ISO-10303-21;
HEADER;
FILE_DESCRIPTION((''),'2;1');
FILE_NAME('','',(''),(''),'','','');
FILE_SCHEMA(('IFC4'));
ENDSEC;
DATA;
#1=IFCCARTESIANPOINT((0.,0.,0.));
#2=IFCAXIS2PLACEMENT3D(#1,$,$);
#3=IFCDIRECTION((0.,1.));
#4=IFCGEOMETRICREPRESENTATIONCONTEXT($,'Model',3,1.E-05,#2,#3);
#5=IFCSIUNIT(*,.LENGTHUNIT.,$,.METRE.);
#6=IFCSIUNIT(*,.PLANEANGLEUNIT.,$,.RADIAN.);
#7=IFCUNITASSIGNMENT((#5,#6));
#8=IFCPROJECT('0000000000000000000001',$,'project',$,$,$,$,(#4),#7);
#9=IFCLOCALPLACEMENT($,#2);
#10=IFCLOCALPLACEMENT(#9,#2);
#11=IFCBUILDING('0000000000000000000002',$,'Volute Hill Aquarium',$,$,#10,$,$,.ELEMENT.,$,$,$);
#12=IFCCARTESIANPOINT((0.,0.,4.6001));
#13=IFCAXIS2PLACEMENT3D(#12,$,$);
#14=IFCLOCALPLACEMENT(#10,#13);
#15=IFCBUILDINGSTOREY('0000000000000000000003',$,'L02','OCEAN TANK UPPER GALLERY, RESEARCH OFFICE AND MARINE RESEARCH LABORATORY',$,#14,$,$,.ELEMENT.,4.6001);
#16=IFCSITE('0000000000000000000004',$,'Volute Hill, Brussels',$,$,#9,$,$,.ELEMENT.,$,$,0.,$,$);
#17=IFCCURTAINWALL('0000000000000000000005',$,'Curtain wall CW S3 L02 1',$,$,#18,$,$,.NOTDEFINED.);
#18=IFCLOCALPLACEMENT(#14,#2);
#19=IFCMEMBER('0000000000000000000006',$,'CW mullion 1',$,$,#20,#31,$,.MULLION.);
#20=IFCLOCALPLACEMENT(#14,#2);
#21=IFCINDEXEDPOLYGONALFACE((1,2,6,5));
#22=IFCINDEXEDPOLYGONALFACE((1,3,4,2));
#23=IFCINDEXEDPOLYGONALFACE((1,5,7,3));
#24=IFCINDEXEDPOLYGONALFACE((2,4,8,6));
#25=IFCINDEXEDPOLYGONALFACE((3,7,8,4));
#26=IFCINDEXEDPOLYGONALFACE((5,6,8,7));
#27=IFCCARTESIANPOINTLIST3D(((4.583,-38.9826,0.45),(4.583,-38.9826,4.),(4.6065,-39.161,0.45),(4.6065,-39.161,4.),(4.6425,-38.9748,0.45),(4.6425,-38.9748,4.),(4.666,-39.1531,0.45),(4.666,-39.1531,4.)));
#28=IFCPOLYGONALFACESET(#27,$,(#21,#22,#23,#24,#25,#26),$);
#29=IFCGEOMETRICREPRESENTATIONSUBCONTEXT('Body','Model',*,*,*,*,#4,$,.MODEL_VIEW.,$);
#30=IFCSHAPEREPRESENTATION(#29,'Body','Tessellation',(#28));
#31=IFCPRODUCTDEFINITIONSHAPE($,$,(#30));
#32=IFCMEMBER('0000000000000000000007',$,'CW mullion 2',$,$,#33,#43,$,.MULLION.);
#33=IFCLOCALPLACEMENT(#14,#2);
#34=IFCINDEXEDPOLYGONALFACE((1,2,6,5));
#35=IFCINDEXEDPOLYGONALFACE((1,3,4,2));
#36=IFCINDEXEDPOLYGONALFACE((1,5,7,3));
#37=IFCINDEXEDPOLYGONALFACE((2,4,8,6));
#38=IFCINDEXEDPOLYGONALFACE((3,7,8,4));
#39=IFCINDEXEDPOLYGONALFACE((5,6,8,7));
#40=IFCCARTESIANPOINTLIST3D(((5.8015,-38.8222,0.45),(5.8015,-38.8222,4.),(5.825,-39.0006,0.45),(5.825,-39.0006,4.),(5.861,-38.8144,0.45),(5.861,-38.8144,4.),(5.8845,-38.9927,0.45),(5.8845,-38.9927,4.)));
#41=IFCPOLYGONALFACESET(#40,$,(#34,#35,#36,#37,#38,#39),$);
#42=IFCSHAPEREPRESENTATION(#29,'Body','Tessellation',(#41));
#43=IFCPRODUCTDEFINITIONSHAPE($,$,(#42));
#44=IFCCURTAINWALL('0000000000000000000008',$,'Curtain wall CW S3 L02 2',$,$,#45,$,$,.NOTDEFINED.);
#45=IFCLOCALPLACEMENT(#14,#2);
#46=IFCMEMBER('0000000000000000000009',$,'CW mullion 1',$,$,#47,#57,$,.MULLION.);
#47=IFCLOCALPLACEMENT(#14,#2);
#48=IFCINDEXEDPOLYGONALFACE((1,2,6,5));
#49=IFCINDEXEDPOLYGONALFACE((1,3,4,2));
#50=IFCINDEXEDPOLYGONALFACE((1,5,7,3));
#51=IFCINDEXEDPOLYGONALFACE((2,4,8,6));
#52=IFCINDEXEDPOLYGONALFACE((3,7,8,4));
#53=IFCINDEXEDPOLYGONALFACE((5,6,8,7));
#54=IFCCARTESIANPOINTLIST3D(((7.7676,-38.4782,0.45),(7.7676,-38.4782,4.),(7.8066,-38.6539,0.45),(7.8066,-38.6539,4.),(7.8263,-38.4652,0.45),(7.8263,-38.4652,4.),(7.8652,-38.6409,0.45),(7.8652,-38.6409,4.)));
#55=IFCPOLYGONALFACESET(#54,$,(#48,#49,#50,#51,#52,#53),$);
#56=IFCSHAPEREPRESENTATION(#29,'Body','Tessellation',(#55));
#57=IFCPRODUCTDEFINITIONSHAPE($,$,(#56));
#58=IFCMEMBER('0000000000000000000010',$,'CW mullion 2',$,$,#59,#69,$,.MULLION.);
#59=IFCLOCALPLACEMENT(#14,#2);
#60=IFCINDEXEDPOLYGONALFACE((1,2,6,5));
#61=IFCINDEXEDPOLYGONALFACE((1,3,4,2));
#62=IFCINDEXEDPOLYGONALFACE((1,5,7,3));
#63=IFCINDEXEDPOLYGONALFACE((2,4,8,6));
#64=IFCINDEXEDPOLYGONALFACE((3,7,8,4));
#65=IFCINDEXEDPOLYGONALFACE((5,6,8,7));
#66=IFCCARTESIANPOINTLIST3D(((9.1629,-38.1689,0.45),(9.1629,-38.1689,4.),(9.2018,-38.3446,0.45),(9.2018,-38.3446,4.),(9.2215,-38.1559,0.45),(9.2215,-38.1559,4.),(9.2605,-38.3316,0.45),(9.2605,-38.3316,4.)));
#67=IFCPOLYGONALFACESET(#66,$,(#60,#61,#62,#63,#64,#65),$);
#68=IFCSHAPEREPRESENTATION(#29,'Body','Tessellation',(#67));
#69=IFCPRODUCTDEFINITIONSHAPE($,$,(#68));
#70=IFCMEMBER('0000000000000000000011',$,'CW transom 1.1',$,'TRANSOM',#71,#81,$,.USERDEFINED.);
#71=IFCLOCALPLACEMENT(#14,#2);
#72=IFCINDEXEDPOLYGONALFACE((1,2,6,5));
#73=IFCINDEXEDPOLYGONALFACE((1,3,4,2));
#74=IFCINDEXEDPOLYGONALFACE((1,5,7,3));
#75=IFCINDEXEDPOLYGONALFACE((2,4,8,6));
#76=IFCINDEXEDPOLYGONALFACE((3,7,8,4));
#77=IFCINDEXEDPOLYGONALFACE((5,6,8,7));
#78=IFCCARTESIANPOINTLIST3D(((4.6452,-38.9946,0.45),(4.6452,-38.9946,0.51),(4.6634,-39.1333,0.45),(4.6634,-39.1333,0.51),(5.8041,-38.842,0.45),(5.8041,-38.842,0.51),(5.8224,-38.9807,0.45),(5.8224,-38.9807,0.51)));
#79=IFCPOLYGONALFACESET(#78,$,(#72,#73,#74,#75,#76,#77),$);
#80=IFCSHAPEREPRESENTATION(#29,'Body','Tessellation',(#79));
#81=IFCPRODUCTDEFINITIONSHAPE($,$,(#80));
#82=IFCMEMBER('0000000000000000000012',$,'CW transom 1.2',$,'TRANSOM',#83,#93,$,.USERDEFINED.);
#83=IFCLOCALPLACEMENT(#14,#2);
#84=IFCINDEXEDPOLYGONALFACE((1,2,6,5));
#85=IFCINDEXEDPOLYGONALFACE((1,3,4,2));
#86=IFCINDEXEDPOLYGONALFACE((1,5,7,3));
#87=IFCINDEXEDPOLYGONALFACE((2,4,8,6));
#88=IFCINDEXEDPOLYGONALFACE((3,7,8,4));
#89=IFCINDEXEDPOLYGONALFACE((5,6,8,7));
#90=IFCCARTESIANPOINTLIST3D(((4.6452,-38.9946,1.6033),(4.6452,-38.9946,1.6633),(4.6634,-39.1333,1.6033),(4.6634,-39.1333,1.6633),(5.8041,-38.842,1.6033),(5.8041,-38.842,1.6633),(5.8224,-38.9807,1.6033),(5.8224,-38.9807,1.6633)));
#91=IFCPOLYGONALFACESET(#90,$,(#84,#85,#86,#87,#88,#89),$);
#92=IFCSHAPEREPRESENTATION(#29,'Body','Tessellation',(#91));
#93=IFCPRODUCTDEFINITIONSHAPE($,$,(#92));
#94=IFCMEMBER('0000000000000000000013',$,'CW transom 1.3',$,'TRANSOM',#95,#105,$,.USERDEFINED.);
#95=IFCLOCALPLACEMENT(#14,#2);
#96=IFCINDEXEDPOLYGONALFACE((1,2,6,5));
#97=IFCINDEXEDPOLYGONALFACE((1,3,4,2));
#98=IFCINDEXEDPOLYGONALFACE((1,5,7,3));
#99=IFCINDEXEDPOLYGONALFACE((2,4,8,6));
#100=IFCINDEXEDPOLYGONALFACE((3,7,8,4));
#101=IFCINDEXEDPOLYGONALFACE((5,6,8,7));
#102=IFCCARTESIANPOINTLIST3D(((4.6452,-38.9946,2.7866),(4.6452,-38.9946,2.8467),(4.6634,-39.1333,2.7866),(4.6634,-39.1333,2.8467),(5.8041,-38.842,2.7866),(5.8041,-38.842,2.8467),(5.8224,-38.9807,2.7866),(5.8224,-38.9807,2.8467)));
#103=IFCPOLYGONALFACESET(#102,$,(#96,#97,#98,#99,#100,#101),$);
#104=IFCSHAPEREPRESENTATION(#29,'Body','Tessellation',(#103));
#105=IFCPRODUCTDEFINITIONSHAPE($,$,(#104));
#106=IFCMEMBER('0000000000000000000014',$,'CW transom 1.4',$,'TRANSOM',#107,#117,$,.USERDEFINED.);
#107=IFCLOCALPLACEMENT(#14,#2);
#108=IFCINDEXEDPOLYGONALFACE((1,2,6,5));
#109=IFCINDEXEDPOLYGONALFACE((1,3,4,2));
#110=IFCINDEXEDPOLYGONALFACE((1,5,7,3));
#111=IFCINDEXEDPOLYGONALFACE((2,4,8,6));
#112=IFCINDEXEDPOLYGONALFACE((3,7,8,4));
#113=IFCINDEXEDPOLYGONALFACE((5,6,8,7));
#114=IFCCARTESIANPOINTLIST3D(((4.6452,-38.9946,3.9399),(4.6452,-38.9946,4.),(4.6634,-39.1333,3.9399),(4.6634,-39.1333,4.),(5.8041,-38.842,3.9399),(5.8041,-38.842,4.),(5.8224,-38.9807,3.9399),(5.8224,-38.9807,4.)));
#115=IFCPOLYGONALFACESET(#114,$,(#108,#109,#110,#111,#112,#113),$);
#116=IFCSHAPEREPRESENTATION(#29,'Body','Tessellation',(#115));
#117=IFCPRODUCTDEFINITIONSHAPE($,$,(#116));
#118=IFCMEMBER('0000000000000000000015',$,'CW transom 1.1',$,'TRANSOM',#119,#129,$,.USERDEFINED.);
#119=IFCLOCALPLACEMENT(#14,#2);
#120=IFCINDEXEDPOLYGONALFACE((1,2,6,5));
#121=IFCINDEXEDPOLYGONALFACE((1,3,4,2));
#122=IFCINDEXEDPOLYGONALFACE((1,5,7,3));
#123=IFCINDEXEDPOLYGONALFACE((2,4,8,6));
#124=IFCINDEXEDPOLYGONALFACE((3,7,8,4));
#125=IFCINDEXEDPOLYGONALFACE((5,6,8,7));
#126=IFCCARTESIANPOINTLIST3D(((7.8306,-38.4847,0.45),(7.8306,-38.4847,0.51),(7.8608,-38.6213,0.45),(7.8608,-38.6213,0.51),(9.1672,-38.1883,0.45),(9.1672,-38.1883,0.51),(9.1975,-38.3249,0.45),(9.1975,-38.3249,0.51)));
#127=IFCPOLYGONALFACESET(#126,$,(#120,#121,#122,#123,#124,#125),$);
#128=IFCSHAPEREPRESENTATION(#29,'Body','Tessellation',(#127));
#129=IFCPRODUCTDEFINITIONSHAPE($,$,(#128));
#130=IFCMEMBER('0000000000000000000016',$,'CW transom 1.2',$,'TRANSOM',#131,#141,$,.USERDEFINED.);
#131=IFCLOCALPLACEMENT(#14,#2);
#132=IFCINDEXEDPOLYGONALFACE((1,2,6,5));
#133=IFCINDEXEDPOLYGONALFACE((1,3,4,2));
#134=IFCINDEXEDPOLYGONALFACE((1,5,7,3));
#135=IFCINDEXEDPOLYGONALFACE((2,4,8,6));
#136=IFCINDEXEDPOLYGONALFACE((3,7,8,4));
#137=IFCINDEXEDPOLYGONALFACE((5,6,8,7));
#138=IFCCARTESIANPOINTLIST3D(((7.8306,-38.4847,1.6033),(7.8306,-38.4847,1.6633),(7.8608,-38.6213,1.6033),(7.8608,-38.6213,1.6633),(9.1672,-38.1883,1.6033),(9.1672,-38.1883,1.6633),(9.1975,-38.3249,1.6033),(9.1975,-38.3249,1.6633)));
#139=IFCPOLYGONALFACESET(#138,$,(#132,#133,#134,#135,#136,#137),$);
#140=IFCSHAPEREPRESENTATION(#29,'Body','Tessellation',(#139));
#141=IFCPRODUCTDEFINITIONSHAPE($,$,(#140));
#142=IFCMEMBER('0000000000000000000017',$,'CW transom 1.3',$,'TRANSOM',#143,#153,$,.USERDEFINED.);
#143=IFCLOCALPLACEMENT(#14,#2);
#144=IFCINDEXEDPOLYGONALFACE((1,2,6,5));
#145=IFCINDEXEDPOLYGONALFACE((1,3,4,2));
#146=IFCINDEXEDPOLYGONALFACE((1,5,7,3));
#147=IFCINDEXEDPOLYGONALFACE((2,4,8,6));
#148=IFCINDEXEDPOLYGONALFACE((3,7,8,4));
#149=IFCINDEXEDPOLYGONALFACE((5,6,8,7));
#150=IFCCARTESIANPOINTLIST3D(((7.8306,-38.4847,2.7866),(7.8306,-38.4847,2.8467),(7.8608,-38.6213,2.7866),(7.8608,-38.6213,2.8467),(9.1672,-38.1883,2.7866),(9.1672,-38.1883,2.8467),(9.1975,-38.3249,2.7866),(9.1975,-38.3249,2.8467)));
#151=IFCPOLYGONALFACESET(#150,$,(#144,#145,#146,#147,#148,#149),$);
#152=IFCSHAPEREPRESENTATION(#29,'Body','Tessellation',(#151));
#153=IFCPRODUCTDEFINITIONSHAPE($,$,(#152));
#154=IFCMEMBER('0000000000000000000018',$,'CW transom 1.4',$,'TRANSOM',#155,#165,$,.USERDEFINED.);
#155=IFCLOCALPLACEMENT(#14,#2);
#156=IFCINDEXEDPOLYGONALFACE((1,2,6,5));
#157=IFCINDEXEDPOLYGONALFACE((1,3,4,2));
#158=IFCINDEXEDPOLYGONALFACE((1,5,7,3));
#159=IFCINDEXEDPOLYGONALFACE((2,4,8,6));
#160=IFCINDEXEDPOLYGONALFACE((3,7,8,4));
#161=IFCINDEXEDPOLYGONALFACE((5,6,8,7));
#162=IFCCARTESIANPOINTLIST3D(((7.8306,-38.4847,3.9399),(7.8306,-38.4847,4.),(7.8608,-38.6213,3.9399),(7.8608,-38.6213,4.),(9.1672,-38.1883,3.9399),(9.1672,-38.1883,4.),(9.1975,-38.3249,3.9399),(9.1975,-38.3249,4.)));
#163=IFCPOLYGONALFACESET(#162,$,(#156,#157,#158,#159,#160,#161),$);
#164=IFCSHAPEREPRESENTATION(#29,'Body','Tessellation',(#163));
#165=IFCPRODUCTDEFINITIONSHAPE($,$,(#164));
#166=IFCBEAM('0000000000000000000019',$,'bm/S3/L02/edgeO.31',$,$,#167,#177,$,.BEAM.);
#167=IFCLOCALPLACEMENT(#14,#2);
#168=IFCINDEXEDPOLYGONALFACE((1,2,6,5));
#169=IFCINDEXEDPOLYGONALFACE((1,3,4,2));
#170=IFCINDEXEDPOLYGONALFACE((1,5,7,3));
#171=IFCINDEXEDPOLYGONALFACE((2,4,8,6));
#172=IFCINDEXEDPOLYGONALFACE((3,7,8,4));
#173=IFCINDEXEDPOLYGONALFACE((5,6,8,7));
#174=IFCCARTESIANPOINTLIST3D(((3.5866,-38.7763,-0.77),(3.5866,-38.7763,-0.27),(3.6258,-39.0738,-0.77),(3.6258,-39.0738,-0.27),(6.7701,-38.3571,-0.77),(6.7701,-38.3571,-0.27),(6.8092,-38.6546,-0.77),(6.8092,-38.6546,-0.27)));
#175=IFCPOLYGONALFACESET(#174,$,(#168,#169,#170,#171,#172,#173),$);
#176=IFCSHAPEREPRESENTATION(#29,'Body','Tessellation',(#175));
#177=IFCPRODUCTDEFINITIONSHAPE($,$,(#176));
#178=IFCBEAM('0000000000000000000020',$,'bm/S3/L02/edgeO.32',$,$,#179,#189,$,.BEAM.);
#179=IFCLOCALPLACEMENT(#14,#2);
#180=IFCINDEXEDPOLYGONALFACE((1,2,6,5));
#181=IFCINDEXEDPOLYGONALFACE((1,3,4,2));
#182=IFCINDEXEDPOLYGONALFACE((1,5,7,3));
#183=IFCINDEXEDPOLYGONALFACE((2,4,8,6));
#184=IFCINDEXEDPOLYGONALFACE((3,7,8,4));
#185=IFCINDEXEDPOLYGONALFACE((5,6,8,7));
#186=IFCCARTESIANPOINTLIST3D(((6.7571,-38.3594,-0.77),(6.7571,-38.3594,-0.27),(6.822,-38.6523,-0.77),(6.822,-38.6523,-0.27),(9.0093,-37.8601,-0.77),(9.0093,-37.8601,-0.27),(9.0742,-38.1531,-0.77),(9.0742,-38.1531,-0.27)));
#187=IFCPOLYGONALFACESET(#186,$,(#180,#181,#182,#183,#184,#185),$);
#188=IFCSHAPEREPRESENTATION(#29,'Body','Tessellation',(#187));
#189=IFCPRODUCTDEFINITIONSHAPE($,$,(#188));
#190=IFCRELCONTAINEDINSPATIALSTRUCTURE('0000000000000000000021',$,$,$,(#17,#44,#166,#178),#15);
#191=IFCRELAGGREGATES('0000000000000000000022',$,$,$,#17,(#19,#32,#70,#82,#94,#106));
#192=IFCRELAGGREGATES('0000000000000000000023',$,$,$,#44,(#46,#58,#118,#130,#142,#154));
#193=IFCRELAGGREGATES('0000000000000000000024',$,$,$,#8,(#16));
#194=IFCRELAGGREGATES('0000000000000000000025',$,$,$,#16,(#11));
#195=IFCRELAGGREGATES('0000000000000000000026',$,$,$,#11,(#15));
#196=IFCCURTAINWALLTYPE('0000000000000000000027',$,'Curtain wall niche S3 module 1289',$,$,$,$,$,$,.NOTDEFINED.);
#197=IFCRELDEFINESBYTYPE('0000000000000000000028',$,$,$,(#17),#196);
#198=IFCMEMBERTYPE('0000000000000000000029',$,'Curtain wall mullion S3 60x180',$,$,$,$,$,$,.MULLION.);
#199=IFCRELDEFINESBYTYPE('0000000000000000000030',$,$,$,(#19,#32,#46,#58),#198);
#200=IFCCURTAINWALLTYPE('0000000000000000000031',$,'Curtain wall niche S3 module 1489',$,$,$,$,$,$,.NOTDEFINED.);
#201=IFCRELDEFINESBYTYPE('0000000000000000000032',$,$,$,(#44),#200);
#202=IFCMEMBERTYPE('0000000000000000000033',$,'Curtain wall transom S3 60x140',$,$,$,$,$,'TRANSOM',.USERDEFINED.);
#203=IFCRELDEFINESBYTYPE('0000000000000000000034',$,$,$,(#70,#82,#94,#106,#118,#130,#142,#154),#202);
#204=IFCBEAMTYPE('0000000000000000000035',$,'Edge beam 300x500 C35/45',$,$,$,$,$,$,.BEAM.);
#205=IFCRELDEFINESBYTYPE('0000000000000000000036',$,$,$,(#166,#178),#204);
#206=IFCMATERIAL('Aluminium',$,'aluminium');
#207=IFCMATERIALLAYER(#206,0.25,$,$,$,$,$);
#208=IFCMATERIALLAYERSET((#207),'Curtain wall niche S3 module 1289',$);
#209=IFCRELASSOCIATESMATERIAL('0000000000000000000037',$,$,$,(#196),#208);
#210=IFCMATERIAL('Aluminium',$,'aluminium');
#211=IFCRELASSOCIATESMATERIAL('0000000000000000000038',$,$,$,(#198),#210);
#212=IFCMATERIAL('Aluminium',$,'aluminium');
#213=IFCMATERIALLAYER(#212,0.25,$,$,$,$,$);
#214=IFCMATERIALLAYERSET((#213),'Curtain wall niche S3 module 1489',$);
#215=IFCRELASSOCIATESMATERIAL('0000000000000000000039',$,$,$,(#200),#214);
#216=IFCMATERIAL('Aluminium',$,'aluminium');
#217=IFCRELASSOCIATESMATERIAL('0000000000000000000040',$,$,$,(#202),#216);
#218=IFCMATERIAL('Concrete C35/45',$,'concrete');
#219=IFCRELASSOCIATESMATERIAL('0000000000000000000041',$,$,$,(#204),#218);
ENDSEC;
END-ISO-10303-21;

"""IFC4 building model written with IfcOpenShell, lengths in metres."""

from ifc_helpers import new_model, si_unit, direction, frame, origin, origin_2d, place, context, subcontext, project, spatial, rectangle, extrude, material, layer, layer_set, material_profile, profile_set, type_object, element, aggregate, save


model = new_model("IFC4")

# Units and contexts
model_context = context("Model", 3, precision=1e-05, world=origin(), true_north=direction((0.0, 1.0)))
body_context = subcontext(model_context, "Body", "Model", "MODEL_VIEW")
ifc_project = project(units=[si_unit("LENGTHUNIT", "METRE"), si_unit("PLANEANGLEUNIT", "RADIAN")], contexts=[model_context])

# Site, building, storey
site_placement = place(None, origin())
site = spatial("IfcSite", under=ifc_project, at=site_placement, Name="Volute Hill, Brussels", CompositionType="ELEMENT", RefElevation=0.0)
building_placement = place(site_placement, origin())
building = spatial("IfcBuilding", under=site, at=building_placement, Name="Volute Hill Aquarium", CompositionType="ELEMENT")
storey_placement = place(building_placement, frame((0.0, 0.0, 4.6001)))
storey = spatial("IfcBuildingStorey", under=building, at=storey_placement, Name="L02", Description="OCEAN TANK UPPER GALLERY, RESEARCH OFFICE AND MARINE RESEARCH LABORATORY", CompositionType="ELEMENT", Elevation=4.6001)

# Curtain walls, members
ifc_material_1 = material(Name="Aluminium", Category="aluminium")
ifc_layer_1 = layer(ifc_material_1, 0.25)
ifc_layer_set_1 = layer_set([ifc_layer_1], Name="Curtain wall niche S3 module 1289")
curtain_wall_type_1 = type_object("IfcCurtainWallType", Name="Curtain wall niche S3 module 1289", PredefinedType="NOTDEFINED", material=ifc_layer_set_1)
curtain_wall_1_placement = place(storey_placement, origin())
curtain_wall_1 = element("IfcCurtainWall", 1, at=curtain_wall_1_placement, inside=storey, type_object=curtain_wall_type_1, Name="Curtain wall CW S3 L02 1", PredefinedType="NOTDEFINED")
ifc_material_2 = material(Name="Aluminium", Category="aluminium")
ifc_material_profile_1 = material_profile(ifc_material_2, rectangle(XDim=0.1799, YDim=0.0601, at=origin_2d()), Name="Curtain wall mullion S3 60x180")
ifc_profile_set_1 = profile_set([ifc_material_profile_1], Name="Aluminium")
member_type_1 = type_object("IfcMemberType", Name="Curtain wall mullion S3 60x180", PredefinedType="MULLION", material=ifc_profile_set_1)
member_1_placement = place(storey_placement, frame((4.6245, -39.0679, 0.45), z_axis=(0.0, 0.0, 1.0), x_axis=(-0.130506, 0.991447, 0.0)))
member_1 = element("IfcMember", 2, at=member_1_placement, type_object=member_type_1, Name="CW mullion 1", PredefinedType="MULLION", context=body_context, shape_type="SweptSolid", body=[
    extrude(rectangle(XDim=0.1799, YDim=0.0601, at=origin_2d()), origin(), (0.0, 0.0, 1.0), 3.55),
])
member_2_placement = place(storey_placement, frame((5.843, -38.9075, 0.45), z_axis=(0.0, 0.0, 1.0), x_axis=(-0.130506, 0.991447, 0.0)))
member_2 = element("IfcMember", 3, at=member_2_placement, type_object=member_type_1, Name="CW mullion 2", PredefinedType="MULLION", context=body_context, shape_type="SweptSolid", body=[
    extrude(rectangle(XDim=0.1799, YDim=0.0601, at=origin_2d()), origin(), (0.0, 0.0, 1.0), 3.55),
])
ifc_material_3 = material(Name="Aluminium", Category="aluminium")
ifc_layer_2 = layer(ifc_material_3, 0.25)
ifc_layer_set_2 = layer_set([ifc_layer_2], Name="Curtain wall niche S3 module 1489")
curtain_wall_type_2 = type_object("IfcCurtainWallType", Name="Curtain wall niche S3 module 1489", PredefinedType="NOTDEFINED", material=ifc_layer_set_2)
curtain_wall_2_placement = place(storey_placement, origin())
curtain_wall_2 = element("IfcCurtainWall", 4, at=curtain_wall_2_placement, inside=storey, type_object=curtain_wall_type_2, Name="Curtain wall CW S3 L02 2", PredefinedType="NOTDEFINED")
member_3_placement = place(storey_placement, frame((7.8164, -38.5596, 0.45), z_axis=(0.0, 0.0, 1.0), x_axis=(-0.216429, 0.976298, 0.0)))
member_3 = element("IfcMember", 5, at=member_3_placement, type_object=member_type_1, Name="CW mullion 1", PredefinedType="MULLION", context=body_context, shape_type="SweptSolid", body=[
    extrude(rectangle(XDim=0.1799, YDim=0.0601, at=origin_2d()), origin(), (0.0, 0.0, 1.0), 3.55),
])
member_4_placement = place(storey_placement, frame((9.2117, -38.2502, 0.45), z_axis=(0.0, 0.0, 1.0), x_axis=(-0.216429, 0.976298, 0.0)))
member_4 = element("IfcMember", 6, at=member_4_placement, type_object=member_type_1, Name="CW mullion 2", PredefinedType="MULLION", context=body_context, shape_type="SweptSolid", body=[
    extrude(rectangle(XDim=0.1799, YDim=0.0601, at=origin_2d()), origin(), (0.0, 0.0, 1.0), 3.55),
])

# Members
ifc_material_4 = material(Name="Aluminium", Category="aluminium")
ifc_material_profile_2 = material_profile(ifc_material_4, rectangle(XDim=0.1399, YDim=0.0601, at=origin_2d()), Name="Curtain wall transom S3 60x140")
ifc_profile_set_2 = profile_set([ifc_material_profile_2], Name="Aluminium")
member_type_2 = type_object("IfcMemberType", Name="Curtain wall transom S3 60x140", ElementType="TRANSOM", PredefinedType="USERDEFINED", material=ifc_profile_set_2)
member_5_placement = place(storey_placement, frame((4.6543, -39.064, 0.48), z_axis=(0.991444, 0.130536, 0.0), x_axis=(-0.130536, 0.991444, 0.0)))
member_5 = element("IfcMember", 7, at=member_5_placement, type_object=member_type_2, Name="CW transom 1.1", ObjectType="TRANSOM", PredefinedType="USERDEFINED", context=body_context, shape_type="SweptSolid", body=[
    extrude(rectangle(XDim=0.1399, YDim=0.0601, at=origin_2d()), origin(), (0.0, 0.0, 1.0), 1.1689),
])
member_6_placement = place(storey_placement, frame((4.6543, -39.064, 1.6333), z_axis=(0.991444, 0.130536, 0.0), x_axis=(-0.130536, 0.991444, 0.0)))
member_6 = element("IfcMember", 8, at=member_6_placement, type_object=member_type_2, Name="CW transom 1.2", ObjectType="TRANSOM", PredefinedType="USERDEFINED", context=body_context, shape_type="SweptSolid", body=[
    extrude(rectangle(XDim=0.1399, YDim=0.0601, at=origin_2d()), origin(), (0.0, 0.0, 1.0), 1.1689),
])
member_7_placement = place(storey_placement, frame((4.6543, -39.064, 2.8167), z_axis=(0.991444, 0.130536, 0.0), x_axis=(-0.130536, 0.991444, 0.0)))
member_7 = element("IfcMember", 9, at=member_7_placement, type_object=member_type_2, Name="CW transom 1.3", ObjectType="TRANSOM", PredefinedType="USERDEFINED", context=body_context, shape_type="SweptSolid", body=[
    extrude(rectangle(XDim=0.1399, YDim=0.0601, at=origin_2d()), origin(), (0.0, 0.0, 1.0), 1.1689),
])
member_8_placement = place(storey_placement, frame((4.6543, -39.064, 3.97), z_axis=(0.991444, 0.130536, 0.0), x_axis=(-0.130536, 0.991444, 0.0)))
member_8 = element("IfcMember", 10, at=member_8_placement, type_object=member_type_2, Name="CW transom 1.4", ObjectType="TRANSOM", PredefinedType="USERDEFINED", context=body_context, shape_type="SweptSolid", body=[
    extrude(rectangle(XDim=0.1399, YDim=0.0601, at=origin_2d()), origin(), (0.0, 0.0, 1.0), 1.1689),
])
member_9_placement = place(storey_placement, frame((7.8457, -38.553, 0.48), z_axis=(0.976288, 0.216477, 0.0), x_axis=(-0.216477, 0.976288, 0.0)))
member_9 = element("IfcMember", 11, at=member_9_placement, type_object=member_type_2, Name="CW transom 1.1", ObjectType="TRANSOM", PredefinedType="USERDEFINED", context=body_context, shape_type="SweptSolid", body=[
    extrude(rectangle(XDim=0.1399, YDim=0.0601, at=origin_2d()), origin(), (0.0, 0.0, 1.0), 1.3691),
])
member_10_placement = place(storey_placement, frame((7.8457, -38.553, 1.6333), z_axis=(0.976288, 0.216477, 0.0), x_axis=(-0.216477, 0.976288, 0.0)))
member_10 = element("IfcMember", 12, at=member_10_placement, type_object=member_type_2, Name="CW transom 1.2", ObjectType="TRANSOM", PredefinedType="USERDEFINED", context=body_context, shape_type="SweptSolid", body=[
    extrude(rectangle(XDim=0.1399, YDim=0.0601, at=origin_2d()), origin(), (0.0, 0.0, 1.0), 1.3691),
])
member_11_placement = place(storey_placement, frame((7.8457, -38.553, 2.8167), z_axis=(0.976288, 0.216477, 0.0), x_axis=(-0.216477, 0.976288, 0.0)))
member_11 = element("IfcMember", 13, at=member_11_placement, type_object=member_type_2, Name="CW transom 1.3", ObjectType="TRANSOM", PredefinedType="USERDEFINED", context=body_context, shape_type="SweptSolid", body=[
    extrude(rectangle(XDim=0.1399, YDim=0.0601, at=origin_2d()), origin(), (0.0, 0.0, 1.0), 1.3691),
])
member_12_placement = place(storey_placement, frame((7.8457, -38.553, 3.97), z_axis=(0.976288, 0.216477, 0.0), x_axis=(-0.216477, 0.976288, 0.0)))
member_12 = element("IfcMember", 14, at=member_12_placement, type_object=member_type_2, Name="CW transom 1.4", ObjectType="TRANSOM", PredefinedType="USERDEFINED", context=body_context, shape_type="SweptSolid", body=[
    extrude(rectangle(XDim=0.1399, YDim=0.0601, at=origin_2d()), origin(), (0.0, 0.0, 1.0), 1.3691),
])

# Beams
ifc_material_5 = material(Name="Concrete C35/45", Category="concrete")
ifc_material_profile_3 = material_profile(ifc_material_5, rectangle(XDim=0.3, YDim=0.5, at=origin_2d()), Name="RC edge beam 300x500")
ifc_profile_set_3 = profile_set([ifc_material_profile_3], Name="Concrete C35/45")
beam_type_1 = type_object("IfcBeamType", Name="Edge beam 300x500 C35/45", PredefinedType="BEAM", material=ifc_profile_set_3)
beam_1_placement = place(storey_placement, frame((3.6062, -38.925, -0.52), z_axis=(0.991441, 0.130555, 0.0), x_axis=(-0.130555, 0.991441, 0.0)))
element("IfcBeam", 15, at=beam_1_placement, inside=storey, type_object=beam_type_1, Name="bm/S3/L02/edgeO.31", PredefinedType="BEAM", context=body_context, shape_type="SweptSolid", body=[
    extrude(rectangle(XDim=0.3, YDim=0.5, at=origin_2d()), origin(), (0.0, 0.0, 1.0), 3.2109),
])
beam_2_placement = place(storey_placement, frame((6.7896, -38.5059, -0.52), z_axis=(0.976299, 0.216426, 0.0), x_axis=(-0.216426, 0.976299, 0.0)))
element("IfcBeam", 16, at=beam_2_placement, inside=storey, type_object=beam_type_1, Name="bm/S3/L02/edgeO.32", PredefinedType="BEAM", context=body_context, shape_type="SweptSolid", body=[
    extrude(rectangle(XDim=0.3, YDim=0.5, at=origin_2d()), origin(), (0.0, 0.0, 1.0), 2.3069),
])

aggregate(curtain_wall_1, [member_1, member_2, member_5, member_6, member_7, member_8])
aggregate(curtain_wall_2, [member_3, member_4, member_9, member_10, member_11, member_12])

save(model, "model.ifc")
